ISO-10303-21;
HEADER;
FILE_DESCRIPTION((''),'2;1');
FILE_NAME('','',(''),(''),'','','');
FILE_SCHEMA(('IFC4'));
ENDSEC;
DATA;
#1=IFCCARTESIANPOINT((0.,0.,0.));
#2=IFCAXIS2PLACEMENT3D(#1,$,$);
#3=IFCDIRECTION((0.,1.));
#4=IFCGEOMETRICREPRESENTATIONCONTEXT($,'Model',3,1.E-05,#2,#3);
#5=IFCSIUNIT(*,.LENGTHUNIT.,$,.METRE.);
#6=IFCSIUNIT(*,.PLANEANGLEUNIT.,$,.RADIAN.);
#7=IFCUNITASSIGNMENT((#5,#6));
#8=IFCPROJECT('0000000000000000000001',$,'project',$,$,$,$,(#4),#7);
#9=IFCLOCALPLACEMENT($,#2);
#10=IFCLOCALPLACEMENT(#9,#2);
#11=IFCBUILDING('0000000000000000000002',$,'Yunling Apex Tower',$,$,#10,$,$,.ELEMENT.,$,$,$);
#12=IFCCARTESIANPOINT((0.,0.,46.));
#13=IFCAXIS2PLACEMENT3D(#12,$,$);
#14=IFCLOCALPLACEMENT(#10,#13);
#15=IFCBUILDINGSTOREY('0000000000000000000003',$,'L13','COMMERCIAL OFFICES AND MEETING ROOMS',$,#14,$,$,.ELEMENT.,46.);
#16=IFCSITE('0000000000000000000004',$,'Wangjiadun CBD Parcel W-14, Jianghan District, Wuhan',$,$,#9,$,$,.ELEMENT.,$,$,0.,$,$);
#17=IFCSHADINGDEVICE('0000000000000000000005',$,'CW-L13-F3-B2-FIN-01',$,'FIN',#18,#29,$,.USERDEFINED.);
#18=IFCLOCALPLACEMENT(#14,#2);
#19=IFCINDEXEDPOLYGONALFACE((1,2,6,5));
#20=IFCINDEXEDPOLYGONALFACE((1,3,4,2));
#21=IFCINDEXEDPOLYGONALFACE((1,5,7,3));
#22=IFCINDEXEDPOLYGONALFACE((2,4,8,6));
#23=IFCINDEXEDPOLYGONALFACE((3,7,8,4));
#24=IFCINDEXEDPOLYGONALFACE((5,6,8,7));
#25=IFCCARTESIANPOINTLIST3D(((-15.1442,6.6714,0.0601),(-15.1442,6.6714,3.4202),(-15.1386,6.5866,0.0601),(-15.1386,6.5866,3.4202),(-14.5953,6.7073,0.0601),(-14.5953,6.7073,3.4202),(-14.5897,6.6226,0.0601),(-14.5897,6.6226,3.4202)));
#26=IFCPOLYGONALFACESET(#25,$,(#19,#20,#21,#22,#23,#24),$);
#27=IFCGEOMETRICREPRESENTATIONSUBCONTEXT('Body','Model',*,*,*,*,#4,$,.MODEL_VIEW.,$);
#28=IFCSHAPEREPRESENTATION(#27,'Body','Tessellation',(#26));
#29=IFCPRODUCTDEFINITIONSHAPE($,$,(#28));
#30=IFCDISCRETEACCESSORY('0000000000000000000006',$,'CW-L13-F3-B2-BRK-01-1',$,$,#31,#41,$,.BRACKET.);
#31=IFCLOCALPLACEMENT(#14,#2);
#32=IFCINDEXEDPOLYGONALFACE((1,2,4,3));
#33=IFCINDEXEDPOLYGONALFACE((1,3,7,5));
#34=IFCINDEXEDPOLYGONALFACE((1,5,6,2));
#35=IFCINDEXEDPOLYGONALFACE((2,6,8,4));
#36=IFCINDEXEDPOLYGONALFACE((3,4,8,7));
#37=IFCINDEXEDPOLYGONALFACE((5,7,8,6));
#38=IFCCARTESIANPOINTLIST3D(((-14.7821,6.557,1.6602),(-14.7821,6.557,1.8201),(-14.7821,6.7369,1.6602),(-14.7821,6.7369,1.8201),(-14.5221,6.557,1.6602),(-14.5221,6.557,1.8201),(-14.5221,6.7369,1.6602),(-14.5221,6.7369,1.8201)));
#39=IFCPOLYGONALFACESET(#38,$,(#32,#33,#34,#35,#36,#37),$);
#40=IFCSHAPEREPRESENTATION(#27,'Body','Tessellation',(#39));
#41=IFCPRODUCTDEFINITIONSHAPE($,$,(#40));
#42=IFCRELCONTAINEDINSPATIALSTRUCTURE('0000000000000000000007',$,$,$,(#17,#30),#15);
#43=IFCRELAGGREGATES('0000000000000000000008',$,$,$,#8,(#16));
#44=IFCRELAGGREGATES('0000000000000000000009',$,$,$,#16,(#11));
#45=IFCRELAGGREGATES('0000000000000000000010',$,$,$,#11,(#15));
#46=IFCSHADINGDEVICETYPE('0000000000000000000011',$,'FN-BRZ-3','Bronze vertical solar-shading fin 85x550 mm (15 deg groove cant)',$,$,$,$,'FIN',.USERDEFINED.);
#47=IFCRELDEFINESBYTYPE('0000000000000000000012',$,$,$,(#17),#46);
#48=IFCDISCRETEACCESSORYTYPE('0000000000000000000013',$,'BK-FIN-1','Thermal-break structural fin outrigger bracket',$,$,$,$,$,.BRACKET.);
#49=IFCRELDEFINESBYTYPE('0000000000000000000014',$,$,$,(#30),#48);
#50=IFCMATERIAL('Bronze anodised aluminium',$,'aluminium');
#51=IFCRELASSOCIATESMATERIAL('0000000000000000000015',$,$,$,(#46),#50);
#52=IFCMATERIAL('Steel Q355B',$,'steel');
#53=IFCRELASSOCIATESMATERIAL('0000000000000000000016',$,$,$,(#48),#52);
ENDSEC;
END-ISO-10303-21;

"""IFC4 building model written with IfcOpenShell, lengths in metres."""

from ifc_helpers import new_model, si_unit, direction, frame, origin, origin_2d, place, context, subcontext, project, spatial, rectangle, extrude, source, transform, mapped, material, material_profile, profile_set, type_object, element, save


model = new_model("IFC4")

# Units and contexts
model_context = context("Model", 3, precision=1e-05, world=origin(), true_north=direction((0.0, 1.0)))
body_context = subcontext(model_context, "Body", "Model", "MODEL_VIEW")
ifc_project = project(units=[si_unit("LENGTHUNIT", "METRE"), si_unit("PLANEANGLEUNIT", "RADIAN")], contexts=[model_context])

# Site, building, storey
site_placement = place(None, origin())
site = spatial("IfcSite", under=ifc_project, at=site_placement, Name="Wangjiadun CBD Parcel W-14, Jianghan District, Wuhan", CompositionType="ELEMENT", RefElevation=0.0)
building_placement = place(site_placement, origin())
building = spatial("IfcBuilding", under=site, at=building_placement, Name="Yunling Apex Tower", CompositionType="ELEMENT")
storey_placement = place(building_placement, frame((0.0, 0.0, 46.0)))
storey = spatial("IfcBuildingStorey", under=building, at=storey_placement, Name="L13", Description="COMMERCIAL OFFICES AND MEETING ROOMS", CompositionType="ELEMENT", Elevation=46.0)

# Shared definitions
ifc_material_1 = material(Name="Steel Q355B", Category="steel")

# Shared definitions
ifc_material_2 = material(Name="Bronze anodised aluminium", Category="aluminium")

# Shading device
ifc_material_profile_1 = material_profile(ifc_material_2, rectangle(XDim=0.085, YDim=0.55, at=origin_2d()))
ifc_profile_set_1 = profile_set([ifc_material_profile_1], Name="Bronze anodised aluminium")
shading_device_type = type_object("IfcShadingDeviceType", Name="FN-BRZ-3", Description="Bronze vertical solar-shading fin 85x550 mm (15 deg groove cant)", ElementType="FIN", PredefinedType="USERDEFINED", material=ifc_profile_set_1)
shared_shape_1 = source(origin(), body_context, "Body", "SweptSolid", [
    extrude(rectangle(XDim=0.085, YDim=0.55, at=origin_2d()), origin(), (0.0, 0.0, 1.0), 3.3601),
])
shading_device_placement = place(storey_placement, frame((-14.8669, 6.647, 0.0601), z_axis=(0.0, 0.0, 1.0), x_axis=(0.065403, -0.997859, 0.0)))
element("IfcShadingDevice", 1, at=shading_device_placement, inside=storey, type_object=shading_device_type, Name="CW-L13-F3-B2-FIN-01", ObjectType="FIN", PredefinedType="USERDEFINED", context=body_context, shape_type="MappedRepresentation", body=[
    mapped(shared_shape_1, transform((0.0, 0.0, 0.0), scale=1.0)),
])

# Discrete accessory
discrete_accessory_type = type_object("IfcDiscreteAccessoryType", Name="BK-FIN-1", Description="Thermal-break structural fin outrigger bracket", PredefinedType="BRACKET", material=ifc_material_1)
shared_shape_2 = source(origin(), body_context, "Body", "SweptSolid", [
    extrude(rectangle(XDim=0.1799, YDim=0.26, at=origin_2d()), origin(), (0.0, 0.0, 1.0), 0.1599),
])
discrete_accessory_placement = place(storey_placement, frame((-14.6521, 6.647, 1.6602), z_axis=(0.0, 0.0, 1.0), x_axis=(0.0, -1.0, 0.0)))
element("IfcDiscreteAccessory", 2, at=discrete_accessory_placement, inside=storey, type_object=discrete_accessory_type, Name="CW-L13-F3-B2-BRK-01-1", PredefinedType="BRACKET", context=body_context, shape_type="MappedRepresentation", body=[
    mapped(shared_shape_2, transform((0.0, 0.0, 0.0), scale=1.0)),
])

save(model, "model.ifc")
